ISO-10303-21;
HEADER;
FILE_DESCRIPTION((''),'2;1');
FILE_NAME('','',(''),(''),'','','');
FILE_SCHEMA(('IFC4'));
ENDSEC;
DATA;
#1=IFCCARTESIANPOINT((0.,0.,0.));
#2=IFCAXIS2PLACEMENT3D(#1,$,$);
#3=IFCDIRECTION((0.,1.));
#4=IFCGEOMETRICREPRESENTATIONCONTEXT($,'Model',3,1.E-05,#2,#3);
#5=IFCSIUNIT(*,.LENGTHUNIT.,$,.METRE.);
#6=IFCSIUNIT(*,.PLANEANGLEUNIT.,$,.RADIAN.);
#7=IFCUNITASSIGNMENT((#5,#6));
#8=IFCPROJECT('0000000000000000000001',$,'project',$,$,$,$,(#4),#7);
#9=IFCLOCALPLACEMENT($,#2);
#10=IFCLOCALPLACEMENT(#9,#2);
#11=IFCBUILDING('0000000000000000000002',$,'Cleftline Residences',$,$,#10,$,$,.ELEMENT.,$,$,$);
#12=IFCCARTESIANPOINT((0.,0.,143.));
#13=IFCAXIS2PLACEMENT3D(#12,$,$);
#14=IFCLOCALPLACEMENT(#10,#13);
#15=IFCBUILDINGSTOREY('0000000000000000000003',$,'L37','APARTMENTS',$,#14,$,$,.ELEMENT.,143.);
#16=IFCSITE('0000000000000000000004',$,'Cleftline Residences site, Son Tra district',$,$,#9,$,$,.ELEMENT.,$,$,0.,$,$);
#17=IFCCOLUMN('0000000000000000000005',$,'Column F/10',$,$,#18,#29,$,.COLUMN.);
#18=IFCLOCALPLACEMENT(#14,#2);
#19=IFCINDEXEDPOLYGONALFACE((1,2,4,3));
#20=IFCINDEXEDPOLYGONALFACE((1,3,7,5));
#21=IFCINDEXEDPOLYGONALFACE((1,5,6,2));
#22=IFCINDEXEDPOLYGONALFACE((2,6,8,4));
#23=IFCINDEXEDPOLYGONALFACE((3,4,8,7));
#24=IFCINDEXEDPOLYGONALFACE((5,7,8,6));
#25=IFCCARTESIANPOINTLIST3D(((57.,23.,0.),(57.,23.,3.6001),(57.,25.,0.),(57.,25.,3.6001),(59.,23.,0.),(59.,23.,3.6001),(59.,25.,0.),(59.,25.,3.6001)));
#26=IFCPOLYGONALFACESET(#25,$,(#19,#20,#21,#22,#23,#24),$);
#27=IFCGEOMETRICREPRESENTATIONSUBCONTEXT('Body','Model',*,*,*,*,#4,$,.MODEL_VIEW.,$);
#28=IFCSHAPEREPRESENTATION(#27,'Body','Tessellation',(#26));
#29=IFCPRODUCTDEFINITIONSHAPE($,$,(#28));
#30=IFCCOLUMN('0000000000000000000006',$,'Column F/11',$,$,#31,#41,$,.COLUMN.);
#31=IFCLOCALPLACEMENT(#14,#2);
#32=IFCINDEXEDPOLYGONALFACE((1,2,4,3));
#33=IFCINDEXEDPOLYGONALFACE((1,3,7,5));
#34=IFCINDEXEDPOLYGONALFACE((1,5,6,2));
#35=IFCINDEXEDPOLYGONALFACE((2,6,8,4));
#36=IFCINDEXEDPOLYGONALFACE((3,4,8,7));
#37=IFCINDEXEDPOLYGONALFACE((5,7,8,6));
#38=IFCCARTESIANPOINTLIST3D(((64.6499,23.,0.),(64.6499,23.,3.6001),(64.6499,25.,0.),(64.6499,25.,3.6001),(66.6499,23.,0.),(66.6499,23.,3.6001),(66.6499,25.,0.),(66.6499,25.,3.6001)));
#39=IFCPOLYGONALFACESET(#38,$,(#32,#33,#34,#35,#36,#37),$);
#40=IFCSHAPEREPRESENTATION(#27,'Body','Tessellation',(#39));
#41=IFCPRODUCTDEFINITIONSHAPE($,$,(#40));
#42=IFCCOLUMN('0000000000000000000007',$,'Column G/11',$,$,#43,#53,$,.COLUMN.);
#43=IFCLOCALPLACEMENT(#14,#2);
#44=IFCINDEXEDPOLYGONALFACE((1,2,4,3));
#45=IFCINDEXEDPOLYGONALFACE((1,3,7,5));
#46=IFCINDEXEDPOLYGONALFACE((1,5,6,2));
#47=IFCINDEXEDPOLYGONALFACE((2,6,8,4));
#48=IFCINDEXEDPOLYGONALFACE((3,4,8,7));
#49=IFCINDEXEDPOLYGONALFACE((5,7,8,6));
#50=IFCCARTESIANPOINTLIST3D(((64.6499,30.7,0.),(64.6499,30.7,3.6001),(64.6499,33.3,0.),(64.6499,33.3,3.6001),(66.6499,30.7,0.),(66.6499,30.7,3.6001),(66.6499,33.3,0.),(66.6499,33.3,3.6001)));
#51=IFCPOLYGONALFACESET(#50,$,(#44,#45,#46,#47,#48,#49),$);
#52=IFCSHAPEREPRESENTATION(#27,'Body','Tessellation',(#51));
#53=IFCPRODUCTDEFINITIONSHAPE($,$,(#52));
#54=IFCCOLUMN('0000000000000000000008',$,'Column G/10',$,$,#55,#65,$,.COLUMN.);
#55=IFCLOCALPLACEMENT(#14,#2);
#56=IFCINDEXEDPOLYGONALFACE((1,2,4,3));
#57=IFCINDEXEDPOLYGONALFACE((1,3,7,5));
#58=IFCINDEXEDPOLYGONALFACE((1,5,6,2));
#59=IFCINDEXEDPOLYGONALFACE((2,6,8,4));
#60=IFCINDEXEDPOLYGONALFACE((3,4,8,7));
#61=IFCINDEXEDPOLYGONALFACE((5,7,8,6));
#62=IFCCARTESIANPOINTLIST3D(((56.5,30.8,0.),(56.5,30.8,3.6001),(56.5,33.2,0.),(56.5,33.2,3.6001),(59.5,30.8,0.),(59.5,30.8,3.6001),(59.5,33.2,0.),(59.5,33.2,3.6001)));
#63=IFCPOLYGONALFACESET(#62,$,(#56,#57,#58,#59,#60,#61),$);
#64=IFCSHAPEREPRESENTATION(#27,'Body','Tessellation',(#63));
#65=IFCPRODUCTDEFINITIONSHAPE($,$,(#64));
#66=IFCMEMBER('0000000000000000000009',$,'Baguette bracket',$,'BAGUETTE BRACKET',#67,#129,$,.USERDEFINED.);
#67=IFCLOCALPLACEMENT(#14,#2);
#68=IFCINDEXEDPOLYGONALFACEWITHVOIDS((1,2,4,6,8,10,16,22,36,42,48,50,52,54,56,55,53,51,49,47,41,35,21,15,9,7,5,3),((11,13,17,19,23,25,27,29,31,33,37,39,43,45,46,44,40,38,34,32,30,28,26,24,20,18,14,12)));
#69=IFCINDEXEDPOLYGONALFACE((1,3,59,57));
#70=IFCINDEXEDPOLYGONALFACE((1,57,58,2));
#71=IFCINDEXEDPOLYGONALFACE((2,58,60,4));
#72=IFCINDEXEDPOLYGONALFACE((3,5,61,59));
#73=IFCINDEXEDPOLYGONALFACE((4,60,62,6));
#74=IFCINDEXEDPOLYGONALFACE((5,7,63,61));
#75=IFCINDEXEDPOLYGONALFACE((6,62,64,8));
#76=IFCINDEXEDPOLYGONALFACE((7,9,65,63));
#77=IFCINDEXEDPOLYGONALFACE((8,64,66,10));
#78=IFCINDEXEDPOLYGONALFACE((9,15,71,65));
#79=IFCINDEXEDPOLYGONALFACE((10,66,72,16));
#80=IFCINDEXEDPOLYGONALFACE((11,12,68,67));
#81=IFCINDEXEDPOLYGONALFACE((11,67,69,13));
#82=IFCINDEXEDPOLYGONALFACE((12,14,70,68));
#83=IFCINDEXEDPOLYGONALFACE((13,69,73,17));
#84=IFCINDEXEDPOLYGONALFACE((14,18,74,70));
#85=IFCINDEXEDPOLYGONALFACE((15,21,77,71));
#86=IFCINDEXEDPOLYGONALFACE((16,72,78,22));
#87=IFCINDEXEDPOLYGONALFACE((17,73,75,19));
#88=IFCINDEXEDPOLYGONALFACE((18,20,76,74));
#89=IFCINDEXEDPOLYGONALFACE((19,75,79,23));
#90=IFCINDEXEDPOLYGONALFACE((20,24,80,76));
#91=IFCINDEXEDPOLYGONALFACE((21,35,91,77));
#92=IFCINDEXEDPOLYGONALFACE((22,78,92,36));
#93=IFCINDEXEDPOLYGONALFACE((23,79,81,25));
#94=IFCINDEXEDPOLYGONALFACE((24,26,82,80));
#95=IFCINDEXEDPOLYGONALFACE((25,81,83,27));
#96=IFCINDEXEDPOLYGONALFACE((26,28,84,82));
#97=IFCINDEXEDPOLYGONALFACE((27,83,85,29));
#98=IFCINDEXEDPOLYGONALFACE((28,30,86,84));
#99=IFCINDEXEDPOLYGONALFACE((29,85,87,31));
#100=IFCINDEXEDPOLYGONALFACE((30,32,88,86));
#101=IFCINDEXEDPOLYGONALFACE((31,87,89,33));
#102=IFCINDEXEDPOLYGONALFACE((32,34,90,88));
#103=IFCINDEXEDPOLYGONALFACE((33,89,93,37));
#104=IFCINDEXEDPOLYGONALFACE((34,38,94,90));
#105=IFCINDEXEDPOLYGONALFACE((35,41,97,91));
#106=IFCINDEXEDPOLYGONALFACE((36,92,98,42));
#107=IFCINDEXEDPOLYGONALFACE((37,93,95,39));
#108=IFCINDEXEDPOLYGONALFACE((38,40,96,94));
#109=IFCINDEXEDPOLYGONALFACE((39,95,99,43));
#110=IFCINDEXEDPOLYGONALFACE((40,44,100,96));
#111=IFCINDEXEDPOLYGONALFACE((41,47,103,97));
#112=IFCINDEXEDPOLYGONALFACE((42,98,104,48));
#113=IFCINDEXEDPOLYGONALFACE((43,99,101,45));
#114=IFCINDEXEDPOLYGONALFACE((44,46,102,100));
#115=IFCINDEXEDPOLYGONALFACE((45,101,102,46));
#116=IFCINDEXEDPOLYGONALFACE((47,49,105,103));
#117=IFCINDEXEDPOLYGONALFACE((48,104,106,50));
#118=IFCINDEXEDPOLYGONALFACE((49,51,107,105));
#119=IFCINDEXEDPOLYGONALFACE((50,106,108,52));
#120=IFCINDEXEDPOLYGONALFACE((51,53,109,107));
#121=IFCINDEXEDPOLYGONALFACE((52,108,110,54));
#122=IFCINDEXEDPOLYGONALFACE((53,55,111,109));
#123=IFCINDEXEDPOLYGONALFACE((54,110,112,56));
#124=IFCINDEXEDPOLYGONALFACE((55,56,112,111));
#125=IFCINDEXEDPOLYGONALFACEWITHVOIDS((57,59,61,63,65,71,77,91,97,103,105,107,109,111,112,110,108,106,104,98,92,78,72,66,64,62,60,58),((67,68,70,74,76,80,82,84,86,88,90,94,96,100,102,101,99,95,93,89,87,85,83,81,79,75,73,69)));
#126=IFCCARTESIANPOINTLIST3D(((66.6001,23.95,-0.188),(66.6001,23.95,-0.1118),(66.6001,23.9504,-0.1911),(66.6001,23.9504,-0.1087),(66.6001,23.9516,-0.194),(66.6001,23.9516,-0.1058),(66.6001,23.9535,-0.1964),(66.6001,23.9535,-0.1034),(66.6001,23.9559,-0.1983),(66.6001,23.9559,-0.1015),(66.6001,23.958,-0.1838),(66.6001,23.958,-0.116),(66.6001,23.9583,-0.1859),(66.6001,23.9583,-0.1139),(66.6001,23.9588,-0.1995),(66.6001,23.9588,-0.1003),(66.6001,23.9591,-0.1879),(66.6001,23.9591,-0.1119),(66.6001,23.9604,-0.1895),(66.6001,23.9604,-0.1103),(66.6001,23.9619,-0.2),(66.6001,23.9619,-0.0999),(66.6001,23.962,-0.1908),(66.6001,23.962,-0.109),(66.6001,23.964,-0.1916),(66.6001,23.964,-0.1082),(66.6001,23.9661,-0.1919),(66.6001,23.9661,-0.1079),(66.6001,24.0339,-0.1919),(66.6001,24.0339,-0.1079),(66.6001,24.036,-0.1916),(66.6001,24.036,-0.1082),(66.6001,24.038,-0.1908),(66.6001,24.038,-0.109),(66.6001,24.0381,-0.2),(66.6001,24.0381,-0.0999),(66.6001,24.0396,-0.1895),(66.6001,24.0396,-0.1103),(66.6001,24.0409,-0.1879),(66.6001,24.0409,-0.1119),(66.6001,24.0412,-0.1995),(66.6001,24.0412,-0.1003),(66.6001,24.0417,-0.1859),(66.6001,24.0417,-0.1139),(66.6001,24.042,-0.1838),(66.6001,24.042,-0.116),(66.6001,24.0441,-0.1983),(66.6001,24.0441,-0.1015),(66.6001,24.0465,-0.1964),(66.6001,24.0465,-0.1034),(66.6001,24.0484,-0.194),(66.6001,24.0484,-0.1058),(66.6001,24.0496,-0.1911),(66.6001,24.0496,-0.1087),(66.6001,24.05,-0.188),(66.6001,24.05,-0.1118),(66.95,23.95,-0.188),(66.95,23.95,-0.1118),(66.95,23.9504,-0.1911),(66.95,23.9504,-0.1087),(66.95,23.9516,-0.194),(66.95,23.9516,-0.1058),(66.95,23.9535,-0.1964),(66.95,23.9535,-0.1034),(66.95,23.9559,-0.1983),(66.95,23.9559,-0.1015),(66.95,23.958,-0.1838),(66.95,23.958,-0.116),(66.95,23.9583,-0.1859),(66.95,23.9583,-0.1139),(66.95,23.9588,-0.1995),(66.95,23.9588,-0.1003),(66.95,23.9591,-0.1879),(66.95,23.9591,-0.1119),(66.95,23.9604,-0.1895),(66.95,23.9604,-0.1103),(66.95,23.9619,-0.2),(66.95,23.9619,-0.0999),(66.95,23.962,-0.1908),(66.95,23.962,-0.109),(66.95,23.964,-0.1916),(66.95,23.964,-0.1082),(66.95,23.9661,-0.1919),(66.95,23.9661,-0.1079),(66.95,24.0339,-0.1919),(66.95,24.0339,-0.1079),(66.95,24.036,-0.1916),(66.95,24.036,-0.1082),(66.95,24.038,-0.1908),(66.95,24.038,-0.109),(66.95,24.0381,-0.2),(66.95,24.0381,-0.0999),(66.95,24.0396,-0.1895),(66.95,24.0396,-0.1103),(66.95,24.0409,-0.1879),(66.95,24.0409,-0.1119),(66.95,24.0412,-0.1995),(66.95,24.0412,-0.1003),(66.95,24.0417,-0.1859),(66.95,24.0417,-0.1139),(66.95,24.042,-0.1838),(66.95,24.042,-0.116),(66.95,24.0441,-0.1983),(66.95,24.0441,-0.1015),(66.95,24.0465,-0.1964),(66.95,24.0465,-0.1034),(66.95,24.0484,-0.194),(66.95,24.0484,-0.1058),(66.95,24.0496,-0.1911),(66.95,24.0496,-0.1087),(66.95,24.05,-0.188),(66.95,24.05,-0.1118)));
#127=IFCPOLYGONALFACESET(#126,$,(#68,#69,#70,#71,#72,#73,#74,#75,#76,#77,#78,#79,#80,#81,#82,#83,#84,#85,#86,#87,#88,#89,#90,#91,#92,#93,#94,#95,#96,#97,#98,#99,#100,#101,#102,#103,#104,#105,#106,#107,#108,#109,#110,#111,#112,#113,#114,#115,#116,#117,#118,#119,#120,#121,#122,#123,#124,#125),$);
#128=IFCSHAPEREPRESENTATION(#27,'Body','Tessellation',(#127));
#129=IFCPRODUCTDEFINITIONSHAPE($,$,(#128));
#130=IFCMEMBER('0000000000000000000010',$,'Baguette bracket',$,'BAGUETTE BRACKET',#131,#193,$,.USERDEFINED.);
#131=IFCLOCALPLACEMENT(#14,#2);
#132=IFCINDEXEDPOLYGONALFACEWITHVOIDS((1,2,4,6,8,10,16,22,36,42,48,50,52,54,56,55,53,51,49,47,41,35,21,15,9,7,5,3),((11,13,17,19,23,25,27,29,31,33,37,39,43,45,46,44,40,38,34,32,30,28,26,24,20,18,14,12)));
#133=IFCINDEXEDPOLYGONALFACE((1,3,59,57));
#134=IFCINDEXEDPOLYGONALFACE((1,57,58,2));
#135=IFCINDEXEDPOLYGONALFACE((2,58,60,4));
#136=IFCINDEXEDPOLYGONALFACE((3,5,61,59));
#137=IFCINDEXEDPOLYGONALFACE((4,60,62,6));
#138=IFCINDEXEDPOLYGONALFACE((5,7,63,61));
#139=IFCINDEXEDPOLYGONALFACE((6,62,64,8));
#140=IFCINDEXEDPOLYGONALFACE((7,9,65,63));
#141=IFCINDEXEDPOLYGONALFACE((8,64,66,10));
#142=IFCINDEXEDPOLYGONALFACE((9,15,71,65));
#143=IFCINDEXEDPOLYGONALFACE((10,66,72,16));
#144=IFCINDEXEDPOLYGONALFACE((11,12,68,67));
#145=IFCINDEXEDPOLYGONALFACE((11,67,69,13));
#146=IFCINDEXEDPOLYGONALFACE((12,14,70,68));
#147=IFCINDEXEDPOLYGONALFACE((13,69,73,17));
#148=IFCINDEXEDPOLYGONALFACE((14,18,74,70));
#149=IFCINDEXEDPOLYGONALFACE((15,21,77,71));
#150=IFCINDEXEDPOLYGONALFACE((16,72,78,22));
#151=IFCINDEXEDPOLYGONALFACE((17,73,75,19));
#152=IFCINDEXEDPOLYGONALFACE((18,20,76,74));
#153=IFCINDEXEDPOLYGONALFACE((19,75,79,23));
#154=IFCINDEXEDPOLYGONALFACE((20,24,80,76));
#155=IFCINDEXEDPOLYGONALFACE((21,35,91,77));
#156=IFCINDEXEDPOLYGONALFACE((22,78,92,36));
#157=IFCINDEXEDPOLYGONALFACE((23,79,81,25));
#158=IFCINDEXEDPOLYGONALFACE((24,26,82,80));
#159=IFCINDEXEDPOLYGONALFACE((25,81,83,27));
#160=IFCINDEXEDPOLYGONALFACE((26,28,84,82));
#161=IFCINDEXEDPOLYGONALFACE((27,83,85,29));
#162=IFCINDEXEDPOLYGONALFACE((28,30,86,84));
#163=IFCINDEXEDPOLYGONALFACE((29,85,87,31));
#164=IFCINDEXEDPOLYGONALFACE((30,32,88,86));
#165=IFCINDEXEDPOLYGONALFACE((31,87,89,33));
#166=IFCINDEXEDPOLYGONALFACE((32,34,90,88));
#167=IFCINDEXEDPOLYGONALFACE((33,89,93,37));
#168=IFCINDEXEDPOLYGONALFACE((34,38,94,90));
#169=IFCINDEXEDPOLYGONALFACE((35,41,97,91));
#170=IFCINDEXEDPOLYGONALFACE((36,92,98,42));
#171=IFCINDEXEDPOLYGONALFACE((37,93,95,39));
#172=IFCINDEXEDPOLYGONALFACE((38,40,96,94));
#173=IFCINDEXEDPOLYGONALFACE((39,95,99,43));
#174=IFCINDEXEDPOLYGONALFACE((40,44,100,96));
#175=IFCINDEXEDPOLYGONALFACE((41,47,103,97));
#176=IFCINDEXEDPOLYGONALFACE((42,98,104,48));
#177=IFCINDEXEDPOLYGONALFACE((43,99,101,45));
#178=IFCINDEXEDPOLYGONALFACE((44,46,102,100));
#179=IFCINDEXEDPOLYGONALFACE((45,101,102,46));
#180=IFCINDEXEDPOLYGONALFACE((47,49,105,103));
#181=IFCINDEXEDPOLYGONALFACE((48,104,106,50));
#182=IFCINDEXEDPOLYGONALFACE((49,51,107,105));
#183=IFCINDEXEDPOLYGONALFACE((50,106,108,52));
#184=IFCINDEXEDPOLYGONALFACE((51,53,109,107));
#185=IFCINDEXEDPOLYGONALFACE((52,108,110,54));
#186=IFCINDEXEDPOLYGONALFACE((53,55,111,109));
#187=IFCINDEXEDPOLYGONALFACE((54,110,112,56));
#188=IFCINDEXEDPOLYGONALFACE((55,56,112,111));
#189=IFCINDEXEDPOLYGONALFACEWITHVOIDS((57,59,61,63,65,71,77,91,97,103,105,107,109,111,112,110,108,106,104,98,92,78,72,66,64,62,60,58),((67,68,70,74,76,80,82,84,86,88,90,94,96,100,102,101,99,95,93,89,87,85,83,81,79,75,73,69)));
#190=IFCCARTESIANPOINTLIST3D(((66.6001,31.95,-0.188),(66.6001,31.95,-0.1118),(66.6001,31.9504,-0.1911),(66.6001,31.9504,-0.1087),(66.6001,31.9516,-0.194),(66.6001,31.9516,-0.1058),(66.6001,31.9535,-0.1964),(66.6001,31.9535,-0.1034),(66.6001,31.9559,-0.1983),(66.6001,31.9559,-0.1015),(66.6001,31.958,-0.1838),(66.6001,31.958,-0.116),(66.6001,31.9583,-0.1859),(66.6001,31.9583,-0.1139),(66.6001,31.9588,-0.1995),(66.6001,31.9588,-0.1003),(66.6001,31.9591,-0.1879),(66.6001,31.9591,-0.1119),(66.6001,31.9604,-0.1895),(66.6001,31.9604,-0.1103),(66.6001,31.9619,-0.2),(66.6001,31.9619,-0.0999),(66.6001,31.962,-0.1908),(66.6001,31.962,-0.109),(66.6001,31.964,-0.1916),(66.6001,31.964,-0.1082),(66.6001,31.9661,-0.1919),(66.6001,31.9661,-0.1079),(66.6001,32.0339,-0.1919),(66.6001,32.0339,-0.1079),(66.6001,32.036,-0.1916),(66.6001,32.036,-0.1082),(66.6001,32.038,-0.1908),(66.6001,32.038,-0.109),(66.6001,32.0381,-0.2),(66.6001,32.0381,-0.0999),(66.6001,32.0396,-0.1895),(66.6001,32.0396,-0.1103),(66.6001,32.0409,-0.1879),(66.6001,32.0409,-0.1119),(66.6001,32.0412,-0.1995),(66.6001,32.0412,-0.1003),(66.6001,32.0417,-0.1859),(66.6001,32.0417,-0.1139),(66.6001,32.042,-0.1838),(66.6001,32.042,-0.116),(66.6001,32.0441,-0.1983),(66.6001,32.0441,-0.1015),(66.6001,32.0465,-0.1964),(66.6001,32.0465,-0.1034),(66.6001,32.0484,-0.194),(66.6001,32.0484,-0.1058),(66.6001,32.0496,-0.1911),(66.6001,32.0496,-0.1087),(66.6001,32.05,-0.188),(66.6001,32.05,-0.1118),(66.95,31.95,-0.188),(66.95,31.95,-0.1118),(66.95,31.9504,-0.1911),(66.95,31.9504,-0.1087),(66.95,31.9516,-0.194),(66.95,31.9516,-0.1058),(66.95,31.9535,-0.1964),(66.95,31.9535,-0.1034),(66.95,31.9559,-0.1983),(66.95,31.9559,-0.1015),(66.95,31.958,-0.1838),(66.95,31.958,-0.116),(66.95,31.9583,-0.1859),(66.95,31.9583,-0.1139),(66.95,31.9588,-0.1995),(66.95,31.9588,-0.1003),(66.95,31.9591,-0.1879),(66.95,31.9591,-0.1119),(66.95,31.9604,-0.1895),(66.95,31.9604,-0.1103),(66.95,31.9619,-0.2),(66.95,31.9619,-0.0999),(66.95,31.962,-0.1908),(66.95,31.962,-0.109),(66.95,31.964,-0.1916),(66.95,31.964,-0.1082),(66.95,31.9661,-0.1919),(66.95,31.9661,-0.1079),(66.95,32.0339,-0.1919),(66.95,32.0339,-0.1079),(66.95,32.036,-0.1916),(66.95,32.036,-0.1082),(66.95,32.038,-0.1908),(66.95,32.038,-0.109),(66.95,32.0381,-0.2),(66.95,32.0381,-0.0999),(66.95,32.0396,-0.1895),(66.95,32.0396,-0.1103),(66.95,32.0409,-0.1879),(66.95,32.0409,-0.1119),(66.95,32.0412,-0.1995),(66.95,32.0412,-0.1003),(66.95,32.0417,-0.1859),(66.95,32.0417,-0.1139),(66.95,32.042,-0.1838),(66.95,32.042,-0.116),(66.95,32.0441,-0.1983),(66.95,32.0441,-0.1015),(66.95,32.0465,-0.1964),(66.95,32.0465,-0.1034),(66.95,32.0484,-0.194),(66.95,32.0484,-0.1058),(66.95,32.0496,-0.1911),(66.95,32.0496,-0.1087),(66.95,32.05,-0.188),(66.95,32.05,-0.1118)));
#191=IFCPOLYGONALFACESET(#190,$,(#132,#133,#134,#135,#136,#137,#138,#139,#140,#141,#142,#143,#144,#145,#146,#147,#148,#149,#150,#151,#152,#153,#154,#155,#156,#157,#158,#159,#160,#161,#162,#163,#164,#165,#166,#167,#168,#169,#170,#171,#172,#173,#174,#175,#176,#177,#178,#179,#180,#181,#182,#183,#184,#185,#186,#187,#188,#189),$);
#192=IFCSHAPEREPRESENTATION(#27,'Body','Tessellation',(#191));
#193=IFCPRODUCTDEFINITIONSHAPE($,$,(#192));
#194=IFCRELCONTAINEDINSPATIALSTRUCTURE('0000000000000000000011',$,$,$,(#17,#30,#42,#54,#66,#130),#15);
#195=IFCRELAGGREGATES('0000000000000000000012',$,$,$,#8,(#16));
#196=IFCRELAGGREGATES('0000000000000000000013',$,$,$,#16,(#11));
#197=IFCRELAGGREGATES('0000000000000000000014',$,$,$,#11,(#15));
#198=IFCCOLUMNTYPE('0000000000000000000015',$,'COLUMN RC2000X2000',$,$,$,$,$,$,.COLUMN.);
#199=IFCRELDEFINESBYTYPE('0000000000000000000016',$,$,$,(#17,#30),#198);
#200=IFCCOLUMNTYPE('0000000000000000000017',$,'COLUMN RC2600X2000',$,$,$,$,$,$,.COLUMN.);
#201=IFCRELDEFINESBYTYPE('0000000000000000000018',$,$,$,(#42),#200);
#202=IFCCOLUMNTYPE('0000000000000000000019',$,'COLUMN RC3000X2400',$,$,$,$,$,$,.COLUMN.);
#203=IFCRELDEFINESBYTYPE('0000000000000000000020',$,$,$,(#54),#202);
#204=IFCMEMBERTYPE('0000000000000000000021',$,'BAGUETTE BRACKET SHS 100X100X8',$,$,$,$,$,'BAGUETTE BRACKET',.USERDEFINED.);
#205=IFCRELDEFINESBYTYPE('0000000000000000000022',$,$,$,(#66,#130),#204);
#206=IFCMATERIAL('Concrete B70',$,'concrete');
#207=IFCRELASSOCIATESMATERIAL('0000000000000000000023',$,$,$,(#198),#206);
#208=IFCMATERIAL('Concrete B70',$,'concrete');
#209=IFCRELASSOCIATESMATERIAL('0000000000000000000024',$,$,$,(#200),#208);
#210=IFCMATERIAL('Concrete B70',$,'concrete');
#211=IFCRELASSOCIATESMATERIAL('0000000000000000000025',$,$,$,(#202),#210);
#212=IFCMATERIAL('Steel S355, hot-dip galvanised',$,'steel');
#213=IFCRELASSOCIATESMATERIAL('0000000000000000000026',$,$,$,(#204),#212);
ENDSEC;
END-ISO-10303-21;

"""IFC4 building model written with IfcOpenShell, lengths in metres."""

from ifc_helpers import new_model, si_unit, direction, frame, origin, origin_2d, place, context, subcontext, project, spatial, rectangle, hollow_rectangle, extrude, material, material_profile, profile_set, type_object, element, save


model = new_model("IFC4")

# Units and contexts
model_context = context("Model", 3, precision=1e-05, world=origin(), true_north=direction((0.0, 1.0)))
body_context = subcontext(model_context, "Body", "Model", "MODEL_VIEW")
ifc_project = project(units=[si_unit("LENGTHUNIT", "METRE"), si_unit("PLANEANGLEUNIT", "RADIAN")], contexts=[model_context])

# Site, building, storey
site_placement = place(None, origin())
site = spatial("IfcSite", under=ifc_project, at=site_placement, Name="Cleftline Residences site, Son Tra district", CompositionType="ELEMENT", RefElevation=0.0)
building_placement = place(site_placement, origin())
building = spatial("IfcBuilding", under=site, at=building_placement, Name="Cleftline Residences", CompositionType="ELEMENT")
storey_placement = place(building_placement, frame((0.0, 0.0, 143.0)))
storey = spatial("IfcBuildingStorey", under=building, at=storey_placement, Name="L37", Description="APARTMENTS", CompositionType="ELEMENT", Elevation=143.0)

# Columns
ifc_material_1 = material(Name="Concrete B70", Category="concrete")
ifc_material_profile_1 = material_profile(ifc_material_1, rectangle(XDim=2.0, YDim=2.0, at=origin_2d()))
ifc_profile_set_1 = profile_set([ifc_material_profile_1], Name="Concrete B70")
column_type_1 = type_object("IfcColumnType", Name="COLUMN RC2000X2000", PredefinedType="COLUMN", material=ifc_profile_set_1)
for number, where, z_axis, x_axis, name in (
    (1, (58.0, 24.0, 0.0), (0.0, 0.0, 1.0), (1.0, 0.0, 0.0), "Column F/10"),
    (2, (65.6499, 24.0, 0.0), (0.0, 0.0, 1.0), (1.0, 0.0, 0.0), "Column F/11"),
):
    element("IfcColumn", number, at=place(storey_placement, frame(where, z_axis=z_axis, x_axis=x_axis)), inside=storey, type_object=column_type_1, Name=name, PredefinedType="COLUMN", context=body_context, shape_type="SweptSolid", body=[
        extrude(rectangle(XDim=2.0, YDim=2.0, at=origin_2d()), origin(), (0.0, 0.0, 1.0), 3.6001),
    ])
ifc_material_2 = material(Name="Concrete B70", Category="concrete")
ifc_material_profile_2 = material_profile(ifc_material_2, rectangle(XDim=2.6001, YDim=2.0, at=origin_2d()))
ifc_profile_set_2 = profile_set([ifc_material_profile_2], Name="Concrete B70")
column_type_2 = type_object("IfcColumnType", Name="COLUMN RC2600X2000", PredefinedType="COLUMN", material=ifc_profile_set_2)
column_1_placement = place(storey_placement, frame((65.6499, 32.0, 0.0), z_axis=(0.0, 0.0, 1.0), x_axis=(0.0, 1.0, 0.0)))
element("IfcColumn", 3, at=column_1_placement, inside=storey, type_object=column_type_2, Name="Column G/11", PredefinedType="COLUMN", context=body_context, shape_type="SweptSolid", body=[
    extrude(rectangle(XDim=2.6001, YDim=2.0, at=origin_2d()), origin(), (0.0, 0.0, 1.0), 3.6001),
])
ifc_material_3 = material(Name="Concrete B70", Category="concrete")
ifc_material_profile_3 = material_profile(ifc_material_3, rectangle(XDim=3.0, YDim=2.3999, at=origin_2d()))
ifc_profile_set_3 = profile_set([ifc_material_profile_3], Name="Concrete B70")
column_type_3 = type_object("IfcColumnType", Name="COLUMN RC3000X2400", PredefinedType="COLUMN", material=ifc_profile_set_3)
column_2_placement = place(storey_placement, frame((58.0, 32.0, 0.0), z_axis=(0.0, 0.0, 1.0), x_axis=(1.0, 0.0, 0.0)))
element("IfcColumn", 4, at=column_2_placement, inside=storey, type_object=column_type_3, Name="Column G/10", PredefinedType="COLUMN", context=body_context, shape_type="SweptSolid", body=[
    extrude(rectangle(XDim=3.0, YDim=2.3999, at=origin_2d()), origin(), (0.0, 0.0, 1.0), 3.6001),
])

# Members
ifc_material_4 = material(Name="Steel S355, hot-dip galvanised", Category="steel")
ifc_material_profile_4 = material_profile(ifc_material_4, hollow_rectangle(XDim=0.1001, YDim=0.1001, WallThickness=0.0081, InnerFilletRadius=0.0081, OuterFilletRadius=0.012, at=origin_2d()))
ifc_profile_set_4 = profile_set([ifc_material_profile_4], Name="Steel S355, hot-dip galvanised")
member_type_1 = type_object("IfcMemberType", Name="BAGUETTE BRACKET SHS 100X100X8", ElementType="BAGUETTE BRACKET", PredefinedType="USERDEFINED", material=ifc_profile_set_4)
for number, where, z_axis, x_axis, name in (
    (5, (66.6001, 24.0, -0.1499), (1.0, 0.0, 0.0), (0.0, 1.0, 0.0), "Baguette bracket"),
    (6, (66.6001, 32.0, -0.1499), (1.0, 0.0, 0.0), (0.0, 1.0, 0.0), "Baguette bracket"),
):
    element("IfcMember", number, at=place(storey_placement, frame(where, z_axis=z_axis, x_axis=x_axis)), inside=storey, type_object=member_type_1, Name=name, ObjectType="BAGUETTE BRACKET", PredefinedType="USERDEFINED", context=body_context, shape_type="SweptSolid", body=[
        extrude(hollow_rectangle(XDim=0.1001, YDim=0.1001, WallThickness=0.0081, InnerFilletRadius=0.0081, OuterFilletRadius=0.012, at=origin_2d()), origin(), (0.0, 0.0, 1.0), 0.3499),
    ])

save(model, "model.ifc")
